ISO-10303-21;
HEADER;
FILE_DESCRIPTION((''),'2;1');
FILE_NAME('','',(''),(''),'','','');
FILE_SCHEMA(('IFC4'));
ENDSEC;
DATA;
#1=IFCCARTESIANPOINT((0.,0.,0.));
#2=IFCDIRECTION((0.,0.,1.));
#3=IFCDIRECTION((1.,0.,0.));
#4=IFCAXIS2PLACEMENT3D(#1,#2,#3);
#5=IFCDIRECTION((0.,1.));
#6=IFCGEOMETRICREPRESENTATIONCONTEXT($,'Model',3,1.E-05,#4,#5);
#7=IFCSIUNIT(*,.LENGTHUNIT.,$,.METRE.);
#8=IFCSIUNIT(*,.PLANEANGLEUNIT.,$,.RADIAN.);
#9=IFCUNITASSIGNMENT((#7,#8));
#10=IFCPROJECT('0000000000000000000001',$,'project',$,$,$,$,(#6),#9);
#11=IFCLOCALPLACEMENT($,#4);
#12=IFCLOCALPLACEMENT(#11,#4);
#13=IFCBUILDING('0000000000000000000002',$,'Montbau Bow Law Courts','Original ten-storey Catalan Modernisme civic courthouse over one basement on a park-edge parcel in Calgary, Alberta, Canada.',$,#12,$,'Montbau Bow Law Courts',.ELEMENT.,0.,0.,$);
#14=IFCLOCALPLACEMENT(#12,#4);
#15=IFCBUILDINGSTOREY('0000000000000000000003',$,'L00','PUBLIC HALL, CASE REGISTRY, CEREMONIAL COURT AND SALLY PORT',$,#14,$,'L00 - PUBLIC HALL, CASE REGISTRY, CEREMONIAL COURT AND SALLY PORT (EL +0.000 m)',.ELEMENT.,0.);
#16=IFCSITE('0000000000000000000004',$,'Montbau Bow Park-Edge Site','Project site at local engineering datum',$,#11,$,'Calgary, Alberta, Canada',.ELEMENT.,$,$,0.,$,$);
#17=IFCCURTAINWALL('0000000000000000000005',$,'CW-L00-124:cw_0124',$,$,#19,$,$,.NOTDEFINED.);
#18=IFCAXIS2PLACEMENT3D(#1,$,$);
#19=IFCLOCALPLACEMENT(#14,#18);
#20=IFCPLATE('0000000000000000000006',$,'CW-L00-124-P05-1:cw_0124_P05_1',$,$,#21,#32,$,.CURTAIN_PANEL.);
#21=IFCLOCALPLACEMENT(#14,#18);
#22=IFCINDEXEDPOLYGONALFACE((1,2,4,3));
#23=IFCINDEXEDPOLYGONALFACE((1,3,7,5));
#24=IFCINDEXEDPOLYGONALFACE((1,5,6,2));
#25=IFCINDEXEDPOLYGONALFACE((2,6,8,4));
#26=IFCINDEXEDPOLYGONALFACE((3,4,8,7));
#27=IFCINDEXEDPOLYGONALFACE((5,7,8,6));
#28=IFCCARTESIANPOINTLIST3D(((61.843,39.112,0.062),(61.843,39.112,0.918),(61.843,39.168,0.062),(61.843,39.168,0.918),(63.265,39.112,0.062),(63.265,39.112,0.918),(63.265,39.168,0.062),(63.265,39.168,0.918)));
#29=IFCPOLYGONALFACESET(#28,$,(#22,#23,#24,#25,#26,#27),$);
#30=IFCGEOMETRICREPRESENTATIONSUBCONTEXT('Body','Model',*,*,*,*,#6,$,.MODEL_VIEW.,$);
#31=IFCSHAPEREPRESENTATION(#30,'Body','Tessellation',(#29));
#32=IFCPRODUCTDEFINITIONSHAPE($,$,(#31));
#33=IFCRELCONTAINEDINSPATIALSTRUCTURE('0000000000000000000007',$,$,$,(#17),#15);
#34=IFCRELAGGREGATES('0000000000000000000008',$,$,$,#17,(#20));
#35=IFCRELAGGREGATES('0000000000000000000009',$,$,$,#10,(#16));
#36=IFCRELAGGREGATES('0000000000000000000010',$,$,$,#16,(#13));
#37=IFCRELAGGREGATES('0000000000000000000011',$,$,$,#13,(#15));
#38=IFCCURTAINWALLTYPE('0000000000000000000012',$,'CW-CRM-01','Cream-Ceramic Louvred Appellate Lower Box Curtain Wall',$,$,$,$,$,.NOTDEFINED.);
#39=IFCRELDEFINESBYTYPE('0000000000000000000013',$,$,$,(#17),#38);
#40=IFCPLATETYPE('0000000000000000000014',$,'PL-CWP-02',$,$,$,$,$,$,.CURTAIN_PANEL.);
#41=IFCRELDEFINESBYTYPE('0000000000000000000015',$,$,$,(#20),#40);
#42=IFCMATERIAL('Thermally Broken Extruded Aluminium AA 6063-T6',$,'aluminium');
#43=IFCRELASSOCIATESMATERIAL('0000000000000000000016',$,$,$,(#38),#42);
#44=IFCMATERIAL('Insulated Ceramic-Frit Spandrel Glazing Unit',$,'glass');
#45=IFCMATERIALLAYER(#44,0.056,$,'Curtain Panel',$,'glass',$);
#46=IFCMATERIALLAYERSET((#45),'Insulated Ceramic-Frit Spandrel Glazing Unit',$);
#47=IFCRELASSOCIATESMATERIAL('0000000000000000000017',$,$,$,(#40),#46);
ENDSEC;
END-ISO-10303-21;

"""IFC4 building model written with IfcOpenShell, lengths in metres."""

from ifc_helpers import new_model, si_unit, direction, frame, frame_2d, origin_with_axes, place, context, subcontext, project, spatial, rectangle, extrude, material, layer, layer_set, type_object, element, aggregate, save


model = new_model("IFC4")

# Units and contexts
model_context = context("Model", 3, precision=1e-05, world=origin_with_axes(), true_north=direction((0.0, 1.0)))
body_context = subcontext(model_context, "Body", "Model", "MODEL_VIEW")
ifc_project = project(units=[si_unit("LENGTHUNIT", "METRE"), si_unit("PLANEANGLEUNIT", "RADIAN")], contexts=[model_context])

# Site, building, storey
site_placement = place(None, origin_with_axes())
site = spatial("IfcSite", under=ifc_project, at=site_placement, Name="Montbau Bow Park-Edge Site", Description="Project site at local engineering datum", LongName="Calgary, Alberta, Canada", CompositionType="ELEMENT", RefElevation=0.0)
building_placement = place(site_placement, origin_with_axes())
building = spatial("IfcBuilding", under=site, at=building_placement, Name="Montbau Bow Law Courts", Description="Original ten-storey Catalan Modernisme civic courthouse over one basement on a park-edge parcel in Calgary, Alberta, Canada.", LongName="Montbau Bow Law Courts", CompositionType="ELEMENT", ElevationOfRefHeight=0.0, ElevationOfTerrain=0.0)
storey_placement = place(building_placement, origin_with_axes())
storey = spatial("IfcBuildingStorey", under=building, at=storey_placement, Name="L00", Description="PUBLIC HALL, CASE REGISTRY, CEREMONIAL COURT AND SALLY PORT", LongName="L00 - PUBLIC HALL, CASE REGISTRY, CEREMONIAL COURT AND SALLY PORT (EL +0.000 m)", CompositionType="ELEMENT", Elevation=0.0)

# Curtain wall, plate
ifc_material_1 = material(Name="Thermally Broken Extruded Aluminium AA 6063-T6", Category="aluminium")
curtain_wall_type = type_object("IfcCurtainWallType", Name="CW-CRM-01", Description="Cream-Ceramic Louvred Appellate Lower Box Curtain Wall", PredefinedType="NOTDEFINED", material=ifc_material_1)
curtain_wall_placement = place(None, frame((55.715, 39.14, 0.0), z_axis=(0.0, 0.0, 1.0), x_axis=(1.0, 0.0, 0.0)))
curtain_wall = element("IfcCurtainWall", 1, at=curtain_wall_placement, inside=storey, type_object=curtain_wall_type, Name="CW-L00-124:cw_0124", PredefinedType="NOTDEFINED")
ifc_material_2 = material(Name="Insulated Ceramic-Frit Spandrel Glazing Unit", Category="glass")
ifc_layer_1 = layer(ifc_material_2, 0.056, Name="Curtain Panel", Category="glass")
ifc_layer_set_1 = layer_set([ifc_layer_1], Name="Insulated Ceramic-Frit Spandrel Glazing Unit")
plate_type_1 = type_object("IfcPlateType", Name="PL-CWP-02", PredefinedType="CURTAIN_PANEL", material=ifc_layer_set_1)
plate_1_placement = place(None, frame((61.843, 39.14, 0.062), z_axis=(0.0, -1.0, 0.0), x_axis=(1.0, 0.0, 0.0)))
plate_1 = element("IfcPlate", 2, at=plate_1_placement, type_object=plate_type_1, Name="CW-L00-124-P05-1:cw_0124_P05_1", PredefinedType="CURTAIN_PANEL", context=body_context, shape_type="SweptSolid", body=[
    extrude(rectangle(XDim=1.422, YDim=0.856, at=frame_2d((0.711, 0.428), x_axis=(1.0, 0.0))), frame((0.0, 0.0, -0.028), z_axis=(0.0, 0.0, 1.0), x_axis=(1.0, 0.0, 0.0)), (0.0, 0.0, 1.0), 0.056),
])
aggregate(curtain_wall, [plate_1])

save(model, "model.ifc")
